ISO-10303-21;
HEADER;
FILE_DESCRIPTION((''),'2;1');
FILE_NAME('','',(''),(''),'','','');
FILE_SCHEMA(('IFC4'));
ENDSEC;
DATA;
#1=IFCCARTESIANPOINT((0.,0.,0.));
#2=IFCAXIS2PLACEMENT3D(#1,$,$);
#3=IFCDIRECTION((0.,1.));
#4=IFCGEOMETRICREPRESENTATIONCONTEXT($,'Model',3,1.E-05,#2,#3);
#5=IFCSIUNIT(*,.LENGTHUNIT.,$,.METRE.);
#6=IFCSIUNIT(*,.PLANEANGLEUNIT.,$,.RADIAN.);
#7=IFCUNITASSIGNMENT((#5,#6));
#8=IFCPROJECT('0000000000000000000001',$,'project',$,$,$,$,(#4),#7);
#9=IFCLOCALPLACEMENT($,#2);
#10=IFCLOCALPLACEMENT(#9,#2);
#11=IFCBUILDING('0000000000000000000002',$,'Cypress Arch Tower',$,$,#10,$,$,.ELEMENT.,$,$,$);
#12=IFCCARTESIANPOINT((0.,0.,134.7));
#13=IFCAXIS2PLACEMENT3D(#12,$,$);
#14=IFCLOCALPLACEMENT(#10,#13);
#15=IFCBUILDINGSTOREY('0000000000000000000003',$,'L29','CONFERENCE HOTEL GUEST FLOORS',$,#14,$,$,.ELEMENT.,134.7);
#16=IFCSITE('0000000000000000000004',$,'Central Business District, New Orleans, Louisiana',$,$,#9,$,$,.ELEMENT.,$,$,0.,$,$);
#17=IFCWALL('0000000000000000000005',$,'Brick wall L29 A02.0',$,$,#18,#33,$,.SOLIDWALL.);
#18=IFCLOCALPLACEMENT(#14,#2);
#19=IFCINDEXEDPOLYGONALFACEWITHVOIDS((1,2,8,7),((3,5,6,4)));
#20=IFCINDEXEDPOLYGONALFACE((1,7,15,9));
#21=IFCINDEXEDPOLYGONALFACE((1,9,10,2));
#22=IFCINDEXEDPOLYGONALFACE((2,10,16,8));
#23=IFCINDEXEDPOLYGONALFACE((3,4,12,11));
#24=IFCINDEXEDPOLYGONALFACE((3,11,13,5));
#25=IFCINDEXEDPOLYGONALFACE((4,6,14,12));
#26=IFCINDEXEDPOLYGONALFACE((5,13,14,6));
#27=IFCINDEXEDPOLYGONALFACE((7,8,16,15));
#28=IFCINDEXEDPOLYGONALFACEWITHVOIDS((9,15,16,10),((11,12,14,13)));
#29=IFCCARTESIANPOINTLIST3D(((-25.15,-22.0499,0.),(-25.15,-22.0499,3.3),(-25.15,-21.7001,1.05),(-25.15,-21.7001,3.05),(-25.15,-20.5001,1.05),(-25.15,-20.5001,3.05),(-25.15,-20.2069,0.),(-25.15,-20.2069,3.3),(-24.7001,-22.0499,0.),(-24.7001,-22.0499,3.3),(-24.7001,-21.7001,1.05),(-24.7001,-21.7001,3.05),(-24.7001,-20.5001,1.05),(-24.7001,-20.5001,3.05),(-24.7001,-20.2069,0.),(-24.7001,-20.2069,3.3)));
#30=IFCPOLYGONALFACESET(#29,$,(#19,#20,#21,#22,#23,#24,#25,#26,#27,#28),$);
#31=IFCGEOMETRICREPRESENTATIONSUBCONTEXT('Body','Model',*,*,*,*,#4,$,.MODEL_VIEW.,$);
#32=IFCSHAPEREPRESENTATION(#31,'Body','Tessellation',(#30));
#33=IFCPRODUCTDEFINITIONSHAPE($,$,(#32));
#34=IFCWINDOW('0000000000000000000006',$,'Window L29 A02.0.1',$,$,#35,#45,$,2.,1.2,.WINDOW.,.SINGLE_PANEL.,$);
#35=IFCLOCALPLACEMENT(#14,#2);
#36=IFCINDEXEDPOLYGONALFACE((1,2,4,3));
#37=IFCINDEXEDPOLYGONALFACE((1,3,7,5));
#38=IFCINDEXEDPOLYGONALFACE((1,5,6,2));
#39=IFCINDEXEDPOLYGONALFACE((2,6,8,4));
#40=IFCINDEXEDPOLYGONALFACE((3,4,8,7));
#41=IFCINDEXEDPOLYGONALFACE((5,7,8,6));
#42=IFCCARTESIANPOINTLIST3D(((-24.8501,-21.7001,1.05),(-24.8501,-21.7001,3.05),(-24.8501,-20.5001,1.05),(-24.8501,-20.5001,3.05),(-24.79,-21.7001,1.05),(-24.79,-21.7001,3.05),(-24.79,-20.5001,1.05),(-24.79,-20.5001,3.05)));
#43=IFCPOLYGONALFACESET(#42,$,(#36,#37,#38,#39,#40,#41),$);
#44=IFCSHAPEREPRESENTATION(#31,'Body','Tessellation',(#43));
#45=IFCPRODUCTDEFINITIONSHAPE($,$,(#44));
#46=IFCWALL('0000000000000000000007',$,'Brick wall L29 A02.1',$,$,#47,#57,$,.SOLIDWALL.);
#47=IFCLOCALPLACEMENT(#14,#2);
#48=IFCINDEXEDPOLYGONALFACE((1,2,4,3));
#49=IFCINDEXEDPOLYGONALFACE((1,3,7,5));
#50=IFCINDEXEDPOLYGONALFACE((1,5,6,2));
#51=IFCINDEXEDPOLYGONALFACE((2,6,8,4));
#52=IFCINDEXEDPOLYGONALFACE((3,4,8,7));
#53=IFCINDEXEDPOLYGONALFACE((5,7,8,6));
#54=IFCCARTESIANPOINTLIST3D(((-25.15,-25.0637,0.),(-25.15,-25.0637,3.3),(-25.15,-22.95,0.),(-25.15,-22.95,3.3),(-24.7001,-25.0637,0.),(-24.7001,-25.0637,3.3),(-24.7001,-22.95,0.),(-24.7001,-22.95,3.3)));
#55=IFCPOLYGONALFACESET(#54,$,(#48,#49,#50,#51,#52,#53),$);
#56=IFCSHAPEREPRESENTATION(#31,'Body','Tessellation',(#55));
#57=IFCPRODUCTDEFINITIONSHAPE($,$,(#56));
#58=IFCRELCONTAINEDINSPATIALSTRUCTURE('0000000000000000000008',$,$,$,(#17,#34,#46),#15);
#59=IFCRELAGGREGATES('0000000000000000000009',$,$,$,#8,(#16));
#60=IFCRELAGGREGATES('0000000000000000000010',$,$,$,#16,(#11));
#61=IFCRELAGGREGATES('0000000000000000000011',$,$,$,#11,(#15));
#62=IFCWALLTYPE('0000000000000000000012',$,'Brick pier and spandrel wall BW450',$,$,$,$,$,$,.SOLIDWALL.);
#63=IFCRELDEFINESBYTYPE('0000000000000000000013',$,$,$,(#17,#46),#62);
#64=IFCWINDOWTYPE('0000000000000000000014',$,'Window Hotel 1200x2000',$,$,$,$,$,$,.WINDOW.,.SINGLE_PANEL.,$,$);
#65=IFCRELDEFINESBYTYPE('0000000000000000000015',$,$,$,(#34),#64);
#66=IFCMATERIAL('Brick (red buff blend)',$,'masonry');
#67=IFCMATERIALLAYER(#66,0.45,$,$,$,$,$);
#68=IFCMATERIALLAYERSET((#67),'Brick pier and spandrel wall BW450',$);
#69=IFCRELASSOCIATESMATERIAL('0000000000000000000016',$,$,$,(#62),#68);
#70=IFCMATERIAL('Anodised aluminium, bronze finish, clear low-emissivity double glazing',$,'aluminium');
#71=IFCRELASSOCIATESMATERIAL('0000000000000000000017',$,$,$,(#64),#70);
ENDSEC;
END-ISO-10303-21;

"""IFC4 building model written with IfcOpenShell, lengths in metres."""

from ifc_helpers import new_model, si_unit, direction, frame, frame_2d, origin, place, context, subcontext, project, spatial, rectangle, extrude, material, layer, layer_set, type_object, element, fill, save


model = new_model("IFC4")

# Units and contexts
model_context = context("Model", 3, precision=1e-05, world=origin(), true_north=direction((0.0, 1.0)))
body_context = subcontext(model_context, "Body", "Model", "MODEL_VIEW")
ifc_project = project(units=[si_unit("LENGTHUNIT", "METRE"), si_unit("PLANEANGLEUNIT", "RADIAN")], contexts=[model_context])

# Site, building, storey
site_placement = place(None, origin())
site = spatial("IfcSite", under=ifc_project, at=site_placement, Name="Central Business District, New Orleans, Louisiana", CompositionType="ELEMENT", RefElevation=0.0)
building_placement = place(site_placement, origin())
building = spatial("IfcBuilding", under=site, at=building_placement, Name="Cypress Arch Tower", CompositionType="ELEMENT")
storey_placement = place(building_placement, frame((0.0, 0.0, 134.7)))
storey = spatial("IfcBuildingStorey", under=building, at=storey_placement, Name="L29", Description="CONFERENCE HOTEL GUEST FLOORS", CompositionType="ELEMENT", Elevation=134.7)

# Wall, opening, window
ifc_material_1 = material(Name="Brick (red buff blend)", Category="masonry")
ifc_layer_1 = layer(ifc_material_1, 0.45)
ifc_layer_set_1 = layer_set([ifc_layer_1], Name="Brick pier and spandrel wall BW450")
wall_type_1 = type_object("IfcWallType", Name="Brick pier and spandrel wall BW450", PredefinedType="SOLIDWALL", material=ifc_layer_set_1)
wall_1_placement = place(storey_placement, frame((-24.925, -20.207, 0.0), z_axis=(0.0, 0.0, 1.0), x_axis=(0.0, -1.0, 0.0)))
wall_1 = element("IfcWall", 1, at=wall_1_placement, inside=storey, type_object=wall_type_1, Name="Brick wall L29 A02.0", PredefinedType="SOLIDWALL", context=body_context, shape_type="SweptSolid", body=[
    extrude(rectangle(XDim=1.843, YDim=0.45, at=frame_2d((0.9214, 0.0))), origin(), (0.0, 0.0, 1.0), 3.3),
])
opening_1_placement = place(wall_1_placement, frame((0.293, 0.0, 1.05)))
opening_1 = element("IfcOpeningElement", 2, at=opening_1_placement, cuts=wall_1, PredefinedType="OPENING", context=body_context, shape_type="SweptSolid", body=[
    extrude(rectangle(XDim=1.2, YDim=2.0, at=frame_2d((0.6001, 1.0))), frame((0.0, 0.2349, 0.0), z_axis=(0.0, -1.0, 0.0), x_axis=(1.0, 0.0, 0.0)), (0.0, 0.0, 1.0), 0.47),
])
ifc_material_2 = material(Name="Anodised aluminium, bronze finish, clear low-emissivity double glazing", Category="aluminium")
window_type_1 = type_object("IfcWindowType", Name="Window Hotel 1200x2000", PartitioningType="SINGLE_PANEL", PredefinedType="WINDOW", material=ifc_material_2)
window_1_placement = place(opening_1_placement, origin())
window_1 = element("IfcWindow", 3, at=window_1_placement, inside=storey, type_object=window_type_1, Name="Window L29 A02.0.1", OverallHeight=2.0, OverallWidth=1.2, PartitioningType="SINGLE_PANEL", PredefinedType="WINDOW", context=body_context, shape_type="SweptSolid", body=[
    extrude(rectangle(XDim=1.2, YDim=2.0, at=frame_2d((0.6001, 1.0))), frame((0.0, 0.135, 0.0), z_axis=(0.0, -1.0, 0.0), x_axis=(1.0, 0.0, 0.0)), (0.0, 0.0, 1.0), 0.0601),
])
fill(opening_1, window_1)

# Wall
wall_2_placement = place(storey_placement, frame((-24.925, -22.95, 0.0), z_axis=(0.0, 0.0, 1.0), x_axis=(0.0, -1.0, 0.0)))
element("IfcWall", 4, at=wall_2_placement, inside=storey, type_object=wall_type_1, Name="Brick wall L29 A02.1", PredefinedType="SOLIDWALL", context=body_context, shape_type="SweptSolid", body=[
    extrude(rectangle(XDim=2.1138, YDim=0.45, at=frame_2d((1.0569, 0.0))), origin(), (0.0, 0.0, 1.0), 3.3),
])

save(model, "model.ifc")
